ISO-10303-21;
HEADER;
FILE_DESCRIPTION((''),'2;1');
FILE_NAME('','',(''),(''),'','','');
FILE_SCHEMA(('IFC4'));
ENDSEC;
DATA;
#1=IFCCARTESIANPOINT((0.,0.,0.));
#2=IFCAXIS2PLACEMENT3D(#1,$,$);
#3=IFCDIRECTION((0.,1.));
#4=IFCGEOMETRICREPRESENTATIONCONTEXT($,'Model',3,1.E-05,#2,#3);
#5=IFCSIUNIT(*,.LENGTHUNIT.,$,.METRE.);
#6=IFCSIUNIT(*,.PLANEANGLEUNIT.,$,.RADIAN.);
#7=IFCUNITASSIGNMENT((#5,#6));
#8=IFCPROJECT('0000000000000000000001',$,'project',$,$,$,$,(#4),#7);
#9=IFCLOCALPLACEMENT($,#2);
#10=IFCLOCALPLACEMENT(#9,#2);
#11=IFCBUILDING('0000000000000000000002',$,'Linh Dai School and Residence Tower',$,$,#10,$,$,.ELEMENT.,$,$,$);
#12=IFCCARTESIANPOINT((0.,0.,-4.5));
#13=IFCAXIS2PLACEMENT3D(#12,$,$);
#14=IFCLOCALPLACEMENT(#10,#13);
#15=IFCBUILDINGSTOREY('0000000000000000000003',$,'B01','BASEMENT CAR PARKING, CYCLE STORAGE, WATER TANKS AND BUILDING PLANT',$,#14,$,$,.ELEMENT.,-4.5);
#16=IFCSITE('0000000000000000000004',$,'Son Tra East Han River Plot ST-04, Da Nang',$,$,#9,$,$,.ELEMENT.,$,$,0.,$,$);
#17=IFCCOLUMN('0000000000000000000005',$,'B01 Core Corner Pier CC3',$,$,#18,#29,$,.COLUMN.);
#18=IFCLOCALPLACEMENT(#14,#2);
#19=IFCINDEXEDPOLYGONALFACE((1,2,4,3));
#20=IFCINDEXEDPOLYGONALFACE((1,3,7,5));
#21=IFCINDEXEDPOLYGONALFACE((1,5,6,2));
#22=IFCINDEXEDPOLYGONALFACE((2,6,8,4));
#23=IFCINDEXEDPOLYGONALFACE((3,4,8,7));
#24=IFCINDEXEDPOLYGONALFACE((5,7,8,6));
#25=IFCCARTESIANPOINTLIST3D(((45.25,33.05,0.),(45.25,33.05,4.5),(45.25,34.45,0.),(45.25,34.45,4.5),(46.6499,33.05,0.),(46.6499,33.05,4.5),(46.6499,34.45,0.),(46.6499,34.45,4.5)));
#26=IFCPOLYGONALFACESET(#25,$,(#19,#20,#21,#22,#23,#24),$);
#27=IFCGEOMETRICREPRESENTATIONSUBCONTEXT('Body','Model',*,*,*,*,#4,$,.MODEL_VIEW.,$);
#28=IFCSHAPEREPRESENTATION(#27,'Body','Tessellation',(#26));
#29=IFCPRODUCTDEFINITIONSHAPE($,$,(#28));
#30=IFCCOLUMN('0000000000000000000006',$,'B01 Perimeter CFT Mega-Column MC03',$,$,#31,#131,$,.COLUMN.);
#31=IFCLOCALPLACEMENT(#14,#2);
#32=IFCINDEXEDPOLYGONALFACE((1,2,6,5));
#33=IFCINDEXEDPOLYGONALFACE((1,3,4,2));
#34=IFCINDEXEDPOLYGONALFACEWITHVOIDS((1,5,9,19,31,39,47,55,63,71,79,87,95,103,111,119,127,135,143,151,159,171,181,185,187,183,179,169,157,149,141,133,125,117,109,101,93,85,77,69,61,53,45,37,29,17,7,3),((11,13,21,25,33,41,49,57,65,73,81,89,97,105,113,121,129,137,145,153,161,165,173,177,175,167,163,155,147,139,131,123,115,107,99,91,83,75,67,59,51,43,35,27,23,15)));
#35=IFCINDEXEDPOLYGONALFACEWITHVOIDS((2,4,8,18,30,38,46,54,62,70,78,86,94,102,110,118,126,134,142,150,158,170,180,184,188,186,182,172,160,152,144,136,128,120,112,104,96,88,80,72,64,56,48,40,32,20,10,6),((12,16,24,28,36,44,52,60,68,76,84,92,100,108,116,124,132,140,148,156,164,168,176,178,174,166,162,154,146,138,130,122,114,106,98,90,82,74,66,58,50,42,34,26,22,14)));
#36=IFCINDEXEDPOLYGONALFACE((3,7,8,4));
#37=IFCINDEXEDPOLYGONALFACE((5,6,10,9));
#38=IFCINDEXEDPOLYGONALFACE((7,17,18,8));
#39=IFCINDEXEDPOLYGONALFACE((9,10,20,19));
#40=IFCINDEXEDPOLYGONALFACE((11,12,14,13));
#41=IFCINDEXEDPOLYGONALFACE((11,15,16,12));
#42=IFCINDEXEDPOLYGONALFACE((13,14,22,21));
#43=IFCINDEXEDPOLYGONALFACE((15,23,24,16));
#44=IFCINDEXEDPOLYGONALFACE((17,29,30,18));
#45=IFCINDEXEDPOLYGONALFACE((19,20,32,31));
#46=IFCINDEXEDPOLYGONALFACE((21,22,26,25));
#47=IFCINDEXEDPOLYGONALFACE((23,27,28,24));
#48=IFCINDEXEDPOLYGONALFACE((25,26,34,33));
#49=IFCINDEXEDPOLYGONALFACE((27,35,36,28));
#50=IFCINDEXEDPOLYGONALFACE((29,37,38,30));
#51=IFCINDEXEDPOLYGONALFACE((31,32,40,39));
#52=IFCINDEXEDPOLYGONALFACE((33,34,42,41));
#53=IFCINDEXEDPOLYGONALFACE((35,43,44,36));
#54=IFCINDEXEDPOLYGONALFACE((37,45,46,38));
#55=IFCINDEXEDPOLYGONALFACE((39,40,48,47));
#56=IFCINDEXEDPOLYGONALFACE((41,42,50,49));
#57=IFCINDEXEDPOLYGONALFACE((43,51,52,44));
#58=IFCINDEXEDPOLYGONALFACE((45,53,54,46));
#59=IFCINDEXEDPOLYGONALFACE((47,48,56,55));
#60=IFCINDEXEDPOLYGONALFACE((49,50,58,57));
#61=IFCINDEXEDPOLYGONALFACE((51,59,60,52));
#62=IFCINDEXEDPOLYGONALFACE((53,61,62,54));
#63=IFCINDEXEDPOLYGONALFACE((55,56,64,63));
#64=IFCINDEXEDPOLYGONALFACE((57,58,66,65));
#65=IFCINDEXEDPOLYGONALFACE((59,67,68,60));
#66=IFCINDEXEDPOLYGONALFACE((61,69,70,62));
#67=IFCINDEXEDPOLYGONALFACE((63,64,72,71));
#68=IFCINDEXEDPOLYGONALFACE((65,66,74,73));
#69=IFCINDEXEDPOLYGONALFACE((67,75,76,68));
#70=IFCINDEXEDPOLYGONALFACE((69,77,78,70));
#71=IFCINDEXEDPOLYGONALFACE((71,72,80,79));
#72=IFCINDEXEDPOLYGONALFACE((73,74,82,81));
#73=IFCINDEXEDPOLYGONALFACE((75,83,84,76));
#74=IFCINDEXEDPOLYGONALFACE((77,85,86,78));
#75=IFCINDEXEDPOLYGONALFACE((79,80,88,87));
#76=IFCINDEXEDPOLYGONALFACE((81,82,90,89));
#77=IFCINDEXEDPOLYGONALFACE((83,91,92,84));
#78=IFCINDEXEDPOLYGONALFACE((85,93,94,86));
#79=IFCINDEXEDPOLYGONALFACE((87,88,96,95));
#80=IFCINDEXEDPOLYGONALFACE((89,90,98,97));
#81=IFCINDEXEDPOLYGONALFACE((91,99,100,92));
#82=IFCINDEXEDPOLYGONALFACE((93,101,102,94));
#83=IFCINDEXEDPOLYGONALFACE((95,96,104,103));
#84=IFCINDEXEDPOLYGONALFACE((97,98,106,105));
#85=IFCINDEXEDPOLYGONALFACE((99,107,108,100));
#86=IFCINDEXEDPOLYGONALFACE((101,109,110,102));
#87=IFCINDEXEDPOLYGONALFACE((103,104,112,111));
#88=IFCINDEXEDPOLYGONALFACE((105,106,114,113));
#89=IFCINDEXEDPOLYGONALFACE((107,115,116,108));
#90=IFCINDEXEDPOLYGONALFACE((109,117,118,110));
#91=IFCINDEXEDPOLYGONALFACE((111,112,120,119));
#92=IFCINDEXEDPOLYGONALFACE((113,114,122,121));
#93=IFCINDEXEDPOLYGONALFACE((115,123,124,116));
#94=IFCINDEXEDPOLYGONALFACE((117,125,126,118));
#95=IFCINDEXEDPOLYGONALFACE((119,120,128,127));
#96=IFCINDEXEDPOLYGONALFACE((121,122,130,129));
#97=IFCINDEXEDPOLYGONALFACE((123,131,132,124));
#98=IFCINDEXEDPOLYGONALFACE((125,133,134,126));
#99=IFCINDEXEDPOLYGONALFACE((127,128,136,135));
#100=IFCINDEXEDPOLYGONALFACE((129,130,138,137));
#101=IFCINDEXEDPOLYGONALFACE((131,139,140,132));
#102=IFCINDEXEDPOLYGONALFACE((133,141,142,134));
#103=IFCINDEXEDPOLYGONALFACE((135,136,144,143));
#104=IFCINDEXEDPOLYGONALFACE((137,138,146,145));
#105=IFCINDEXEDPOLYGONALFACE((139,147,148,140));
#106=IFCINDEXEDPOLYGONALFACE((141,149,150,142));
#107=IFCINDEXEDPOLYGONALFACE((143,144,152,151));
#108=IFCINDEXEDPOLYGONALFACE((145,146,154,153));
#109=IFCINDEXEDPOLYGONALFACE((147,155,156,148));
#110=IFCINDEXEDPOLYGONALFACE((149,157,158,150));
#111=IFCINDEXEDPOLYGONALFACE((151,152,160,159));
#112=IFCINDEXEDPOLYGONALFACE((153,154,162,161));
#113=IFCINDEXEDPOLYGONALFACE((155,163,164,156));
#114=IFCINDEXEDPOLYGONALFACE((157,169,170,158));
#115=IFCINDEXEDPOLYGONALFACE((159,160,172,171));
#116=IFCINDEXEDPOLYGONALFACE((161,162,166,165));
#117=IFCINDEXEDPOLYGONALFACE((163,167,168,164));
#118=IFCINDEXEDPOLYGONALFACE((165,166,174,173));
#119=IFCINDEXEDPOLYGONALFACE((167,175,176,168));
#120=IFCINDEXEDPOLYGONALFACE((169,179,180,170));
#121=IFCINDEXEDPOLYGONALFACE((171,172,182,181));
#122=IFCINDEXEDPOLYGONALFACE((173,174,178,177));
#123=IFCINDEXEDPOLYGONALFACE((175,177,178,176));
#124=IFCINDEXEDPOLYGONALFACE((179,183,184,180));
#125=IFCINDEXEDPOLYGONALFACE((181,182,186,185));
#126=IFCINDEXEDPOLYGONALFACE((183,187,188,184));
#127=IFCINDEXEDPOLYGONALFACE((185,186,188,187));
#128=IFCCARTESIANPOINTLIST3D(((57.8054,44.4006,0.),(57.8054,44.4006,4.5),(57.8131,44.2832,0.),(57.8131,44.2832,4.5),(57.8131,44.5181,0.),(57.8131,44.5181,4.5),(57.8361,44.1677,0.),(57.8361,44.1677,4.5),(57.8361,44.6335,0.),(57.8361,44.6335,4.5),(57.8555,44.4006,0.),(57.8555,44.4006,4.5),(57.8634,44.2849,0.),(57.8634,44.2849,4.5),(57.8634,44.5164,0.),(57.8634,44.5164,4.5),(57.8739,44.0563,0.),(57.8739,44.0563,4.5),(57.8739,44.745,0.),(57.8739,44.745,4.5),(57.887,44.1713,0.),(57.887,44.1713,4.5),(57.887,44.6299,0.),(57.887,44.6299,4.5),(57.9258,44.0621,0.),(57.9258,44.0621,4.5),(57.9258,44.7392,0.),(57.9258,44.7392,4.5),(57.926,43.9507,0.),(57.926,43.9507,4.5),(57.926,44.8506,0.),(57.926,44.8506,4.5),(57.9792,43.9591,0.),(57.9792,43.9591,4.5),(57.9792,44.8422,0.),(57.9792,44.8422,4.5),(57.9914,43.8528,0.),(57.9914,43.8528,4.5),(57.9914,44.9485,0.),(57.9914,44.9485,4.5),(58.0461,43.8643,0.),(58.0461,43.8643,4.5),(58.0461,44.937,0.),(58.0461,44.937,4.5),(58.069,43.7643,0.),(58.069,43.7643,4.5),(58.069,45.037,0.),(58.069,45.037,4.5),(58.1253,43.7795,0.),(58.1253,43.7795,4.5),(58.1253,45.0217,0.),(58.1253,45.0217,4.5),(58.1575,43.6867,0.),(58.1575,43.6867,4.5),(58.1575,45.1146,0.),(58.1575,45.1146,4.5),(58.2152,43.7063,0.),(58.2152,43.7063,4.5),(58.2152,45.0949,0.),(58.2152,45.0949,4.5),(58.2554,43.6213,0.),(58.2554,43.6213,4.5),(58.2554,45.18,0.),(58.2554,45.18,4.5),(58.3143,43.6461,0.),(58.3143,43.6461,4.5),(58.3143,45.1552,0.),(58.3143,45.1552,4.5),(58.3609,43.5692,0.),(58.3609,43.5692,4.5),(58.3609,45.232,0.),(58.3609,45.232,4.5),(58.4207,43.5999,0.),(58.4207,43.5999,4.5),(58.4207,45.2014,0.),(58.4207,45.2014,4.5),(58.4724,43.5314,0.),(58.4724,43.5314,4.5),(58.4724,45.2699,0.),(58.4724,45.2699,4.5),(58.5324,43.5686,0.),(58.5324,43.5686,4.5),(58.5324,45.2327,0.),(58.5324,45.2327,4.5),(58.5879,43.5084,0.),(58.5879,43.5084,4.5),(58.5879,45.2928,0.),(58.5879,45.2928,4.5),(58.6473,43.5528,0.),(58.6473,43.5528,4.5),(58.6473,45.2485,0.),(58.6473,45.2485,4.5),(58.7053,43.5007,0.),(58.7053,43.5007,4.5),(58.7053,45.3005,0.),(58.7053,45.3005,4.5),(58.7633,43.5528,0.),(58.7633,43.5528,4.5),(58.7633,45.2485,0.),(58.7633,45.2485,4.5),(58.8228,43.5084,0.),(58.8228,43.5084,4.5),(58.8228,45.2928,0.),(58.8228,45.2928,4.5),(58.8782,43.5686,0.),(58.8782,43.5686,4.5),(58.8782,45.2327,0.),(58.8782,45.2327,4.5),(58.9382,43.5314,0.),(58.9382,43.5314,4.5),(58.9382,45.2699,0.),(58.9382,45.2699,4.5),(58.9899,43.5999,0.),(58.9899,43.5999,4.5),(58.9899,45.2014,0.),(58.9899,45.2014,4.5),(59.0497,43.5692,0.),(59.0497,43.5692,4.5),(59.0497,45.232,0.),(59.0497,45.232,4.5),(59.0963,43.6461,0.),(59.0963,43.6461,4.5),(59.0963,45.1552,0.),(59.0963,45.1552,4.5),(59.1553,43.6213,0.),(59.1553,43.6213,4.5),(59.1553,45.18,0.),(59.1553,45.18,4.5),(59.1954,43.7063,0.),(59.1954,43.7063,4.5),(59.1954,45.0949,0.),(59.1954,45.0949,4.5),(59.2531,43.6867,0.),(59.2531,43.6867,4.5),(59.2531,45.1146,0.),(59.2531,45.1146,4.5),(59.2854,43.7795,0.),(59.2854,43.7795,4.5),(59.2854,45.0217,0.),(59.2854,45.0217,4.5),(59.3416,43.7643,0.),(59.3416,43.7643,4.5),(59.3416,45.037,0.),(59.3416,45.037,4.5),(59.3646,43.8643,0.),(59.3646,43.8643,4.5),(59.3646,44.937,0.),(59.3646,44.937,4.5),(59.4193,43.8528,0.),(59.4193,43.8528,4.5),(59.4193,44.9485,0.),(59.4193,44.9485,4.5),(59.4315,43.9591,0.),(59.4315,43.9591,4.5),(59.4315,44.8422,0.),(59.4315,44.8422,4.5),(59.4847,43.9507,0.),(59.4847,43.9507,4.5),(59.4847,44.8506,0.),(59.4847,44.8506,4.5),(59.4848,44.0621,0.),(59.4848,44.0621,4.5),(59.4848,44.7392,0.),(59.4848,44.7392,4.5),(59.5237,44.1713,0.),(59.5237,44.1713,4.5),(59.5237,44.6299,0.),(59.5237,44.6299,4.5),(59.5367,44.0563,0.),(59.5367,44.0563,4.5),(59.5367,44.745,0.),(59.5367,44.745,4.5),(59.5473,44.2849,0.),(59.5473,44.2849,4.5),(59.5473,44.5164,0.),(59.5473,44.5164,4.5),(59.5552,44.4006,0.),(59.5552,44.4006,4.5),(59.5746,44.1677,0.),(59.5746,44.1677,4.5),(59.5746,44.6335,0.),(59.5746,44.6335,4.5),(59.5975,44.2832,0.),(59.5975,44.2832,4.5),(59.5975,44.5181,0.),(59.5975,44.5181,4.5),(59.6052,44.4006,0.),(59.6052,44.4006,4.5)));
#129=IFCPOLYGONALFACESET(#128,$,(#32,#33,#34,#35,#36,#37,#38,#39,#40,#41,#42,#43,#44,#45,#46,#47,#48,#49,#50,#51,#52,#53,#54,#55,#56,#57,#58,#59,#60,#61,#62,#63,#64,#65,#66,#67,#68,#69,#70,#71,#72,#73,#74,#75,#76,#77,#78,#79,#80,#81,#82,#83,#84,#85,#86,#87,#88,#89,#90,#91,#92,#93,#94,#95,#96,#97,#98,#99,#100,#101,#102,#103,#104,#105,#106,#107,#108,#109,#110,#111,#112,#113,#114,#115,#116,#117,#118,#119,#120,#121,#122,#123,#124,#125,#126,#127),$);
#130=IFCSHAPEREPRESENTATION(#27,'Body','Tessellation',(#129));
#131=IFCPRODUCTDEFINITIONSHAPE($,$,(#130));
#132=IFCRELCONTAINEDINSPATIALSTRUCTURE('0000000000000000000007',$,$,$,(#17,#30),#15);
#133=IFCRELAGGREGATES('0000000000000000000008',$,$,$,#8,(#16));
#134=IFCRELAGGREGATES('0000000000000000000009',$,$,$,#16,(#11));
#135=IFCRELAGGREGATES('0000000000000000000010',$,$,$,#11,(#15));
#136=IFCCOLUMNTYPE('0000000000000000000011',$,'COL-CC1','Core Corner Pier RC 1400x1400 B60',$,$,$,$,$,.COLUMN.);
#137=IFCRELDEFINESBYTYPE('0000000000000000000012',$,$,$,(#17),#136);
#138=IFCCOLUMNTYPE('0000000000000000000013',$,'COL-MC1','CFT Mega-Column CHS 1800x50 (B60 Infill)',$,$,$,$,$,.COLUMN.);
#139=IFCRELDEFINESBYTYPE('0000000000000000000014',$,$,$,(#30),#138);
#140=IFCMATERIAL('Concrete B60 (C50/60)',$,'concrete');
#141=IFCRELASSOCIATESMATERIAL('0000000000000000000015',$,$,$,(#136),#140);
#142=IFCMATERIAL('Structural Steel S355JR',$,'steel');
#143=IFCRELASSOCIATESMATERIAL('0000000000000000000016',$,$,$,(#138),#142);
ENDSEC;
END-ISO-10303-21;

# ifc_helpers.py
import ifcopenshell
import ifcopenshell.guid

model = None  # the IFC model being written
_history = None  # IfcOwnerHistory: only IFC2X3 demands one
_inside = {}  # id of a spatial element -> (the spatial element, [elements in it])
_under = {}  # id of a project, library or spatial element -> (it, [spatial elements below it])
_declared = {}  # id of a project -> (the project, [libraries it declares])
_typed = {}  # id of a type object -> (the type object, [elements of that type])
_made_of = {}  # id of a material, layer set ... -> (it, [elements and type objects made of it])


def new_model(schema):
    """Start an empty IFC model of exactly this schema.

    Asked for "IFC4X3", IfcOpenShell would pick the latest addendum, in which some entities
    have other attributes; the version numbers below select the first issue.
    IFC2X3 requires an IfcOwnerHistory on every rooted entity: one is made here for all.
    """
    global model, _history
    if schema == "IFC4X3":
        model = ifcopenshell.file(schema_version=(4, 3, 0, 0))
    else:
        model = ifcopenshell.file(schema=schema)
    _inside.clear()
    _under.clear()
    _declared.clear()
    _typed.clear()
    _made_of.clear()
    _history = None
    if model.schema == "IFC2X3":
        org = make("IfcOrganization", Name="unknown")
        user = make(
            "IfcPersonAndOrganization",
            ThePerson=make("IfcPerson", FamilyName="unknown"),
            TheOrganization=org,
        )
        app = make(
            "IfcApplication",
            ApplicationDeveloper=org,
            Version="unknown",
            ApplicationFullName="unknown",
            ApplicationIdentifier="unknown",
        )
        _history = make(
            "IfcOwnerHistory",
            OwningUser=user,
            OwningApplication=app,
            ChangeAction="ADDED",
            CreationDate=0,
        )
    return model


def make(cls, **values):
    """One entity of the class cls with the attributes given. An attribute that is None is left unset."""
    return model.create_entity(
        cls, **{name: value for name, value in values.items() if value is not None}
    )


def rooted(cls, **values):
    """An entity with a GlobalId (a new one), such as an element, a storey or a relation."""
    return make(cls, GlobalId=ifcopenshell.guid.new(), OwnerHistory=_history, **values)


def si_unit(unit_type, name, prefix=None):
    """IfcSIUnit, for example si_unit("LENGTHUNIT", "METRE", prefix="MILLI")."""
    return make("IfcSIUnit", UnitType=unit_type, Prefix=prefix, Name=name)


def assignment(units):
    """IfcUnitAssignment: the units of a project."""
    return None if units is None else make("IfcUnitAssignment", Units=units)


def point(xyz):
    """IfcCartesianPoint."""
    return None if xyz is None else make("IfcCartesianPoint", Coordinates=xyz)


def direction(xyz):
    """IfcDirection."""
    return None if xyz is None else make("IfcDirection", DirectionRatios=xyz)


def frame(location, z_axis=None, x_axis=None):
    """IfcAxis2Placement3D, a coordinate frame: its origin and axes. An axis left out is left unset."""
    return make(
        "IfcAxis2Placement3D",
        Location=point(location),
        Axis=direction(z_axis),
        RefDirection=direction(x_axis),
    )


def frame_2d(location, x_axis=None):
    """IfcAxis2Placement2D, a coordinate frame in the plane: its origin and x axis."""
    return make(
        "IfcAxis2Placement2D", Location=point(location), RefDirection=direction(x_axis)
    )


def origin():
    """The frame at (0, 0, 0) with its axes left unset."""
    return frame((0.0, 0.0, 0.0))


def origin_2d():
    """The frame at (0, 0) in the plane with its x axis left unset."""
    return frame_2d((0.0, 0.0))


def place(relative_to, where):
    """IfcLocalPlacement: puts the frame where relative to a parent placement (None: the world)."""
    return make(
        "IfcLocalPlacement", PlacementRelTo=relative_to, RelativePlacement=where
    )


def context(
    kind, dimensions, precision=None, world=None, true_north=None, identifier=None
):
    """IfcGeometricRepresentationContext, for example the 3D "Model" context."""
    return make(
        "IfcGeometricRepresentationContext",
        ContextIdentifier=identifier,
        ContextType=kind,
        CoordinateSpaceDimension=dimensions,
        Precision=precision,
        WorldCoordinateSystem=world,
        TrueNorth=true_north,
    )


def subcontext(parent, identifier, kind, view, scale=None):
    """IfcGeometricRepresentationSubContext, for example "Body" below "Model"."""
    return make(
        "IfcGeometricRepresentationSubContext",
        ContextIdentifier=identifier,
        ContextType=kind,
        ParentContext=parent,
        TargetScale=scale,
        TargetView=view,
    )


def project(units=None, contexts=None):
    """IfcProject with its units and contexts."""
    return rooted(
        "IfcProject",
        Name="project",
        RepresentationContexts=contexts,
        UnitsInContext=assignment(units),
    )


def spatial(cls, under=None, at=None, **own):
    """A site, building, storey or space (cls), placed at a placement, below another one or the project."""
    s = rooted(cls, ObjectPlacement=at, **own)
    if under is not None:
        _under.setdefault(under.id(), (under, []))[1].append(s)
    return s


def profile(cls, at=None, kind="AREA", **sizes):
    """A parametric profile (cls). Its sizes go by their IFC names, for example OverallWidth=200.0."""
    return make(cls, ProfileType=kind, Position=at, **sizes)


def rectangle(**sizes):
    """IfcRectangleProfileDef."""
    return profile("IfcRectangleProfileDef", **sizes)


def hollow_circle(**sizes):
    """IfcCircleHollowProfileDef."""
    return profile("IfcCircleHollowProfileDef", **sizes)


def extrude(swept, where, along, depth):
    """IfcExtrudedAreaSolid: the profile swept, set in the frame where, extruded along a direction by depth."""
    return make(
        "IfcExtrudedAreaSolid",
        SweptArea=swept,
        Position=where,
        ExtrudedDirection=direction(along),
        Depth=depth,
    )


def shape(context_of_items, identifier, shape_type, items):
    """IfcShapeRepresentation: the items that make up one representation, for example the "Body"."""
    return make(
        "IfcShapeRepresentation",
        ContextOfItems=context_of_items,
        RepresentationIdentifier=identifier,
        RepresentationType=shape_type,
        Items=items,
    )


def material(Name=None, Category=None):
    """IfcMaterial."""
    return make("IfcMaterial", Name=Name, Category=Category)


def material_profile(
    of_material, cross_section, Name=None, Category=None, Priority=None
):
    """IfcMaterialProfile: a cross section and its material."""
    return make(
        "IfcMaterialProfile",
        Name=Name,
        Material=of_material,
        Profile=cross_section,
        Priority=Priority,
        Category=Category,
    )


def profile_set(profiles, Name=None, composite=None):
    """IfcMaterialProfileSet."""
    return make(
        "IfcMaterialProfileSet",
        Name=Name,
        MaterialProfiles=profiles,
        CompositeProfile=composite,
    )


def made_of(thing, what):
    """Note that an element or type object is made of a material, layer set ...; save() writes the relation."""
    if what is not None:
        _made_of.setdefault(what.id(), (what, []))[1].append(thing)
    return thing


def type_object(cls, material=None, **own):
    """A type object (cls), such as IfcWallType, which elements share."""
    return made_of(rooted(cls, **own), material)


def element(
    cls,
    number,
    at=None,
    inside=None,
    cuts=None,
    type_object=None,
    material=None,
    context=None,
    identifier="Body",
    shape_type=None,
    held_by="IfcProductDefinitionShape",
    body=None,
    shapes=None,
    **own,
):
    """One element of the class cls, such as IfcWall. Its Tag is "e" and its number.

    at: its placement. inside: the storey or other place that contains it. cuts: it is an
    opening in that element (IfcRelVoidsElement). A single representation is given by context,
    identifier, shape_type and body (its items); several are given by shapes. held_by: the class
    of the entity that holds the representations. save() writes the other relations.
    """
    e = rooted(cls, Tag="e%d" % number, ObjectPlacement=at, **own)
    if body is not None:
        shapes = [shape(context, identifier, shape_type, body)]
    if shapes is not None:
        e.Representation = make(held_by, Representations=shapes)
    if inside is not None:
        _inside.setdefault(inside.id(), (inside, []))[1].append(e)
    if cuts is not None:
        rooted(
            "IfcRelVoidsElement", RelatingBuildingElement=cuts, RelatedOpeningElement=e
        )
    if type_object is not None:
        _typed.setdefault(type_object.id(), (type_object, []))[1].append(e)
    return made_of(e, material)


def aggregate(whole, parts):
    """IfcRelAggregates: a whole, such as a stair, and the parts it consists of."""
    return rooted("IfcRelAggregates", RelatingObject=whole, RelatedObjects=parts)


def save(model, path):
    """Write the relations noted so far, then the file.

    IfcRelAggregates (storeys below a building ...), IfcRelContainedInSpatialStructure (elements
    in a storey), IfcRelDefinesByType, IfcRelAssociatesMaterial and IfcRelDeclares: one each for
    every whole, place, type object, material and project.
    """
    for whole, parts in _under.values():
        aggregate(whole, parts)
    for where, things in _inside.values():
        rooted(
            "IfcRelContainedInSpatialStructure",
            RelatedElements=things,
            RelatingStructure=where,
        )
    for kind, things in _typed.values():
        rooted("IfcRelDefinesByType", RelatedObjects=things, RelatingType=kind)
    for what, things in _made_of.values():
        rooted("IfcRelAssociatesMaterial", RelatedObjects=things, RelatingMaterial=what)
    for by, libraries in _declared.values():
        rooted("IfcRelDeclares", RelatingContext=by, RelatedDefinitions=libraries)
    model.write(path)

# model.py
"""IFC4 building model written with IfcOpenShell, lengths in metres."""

from ifc_helpers import new_model, si_unit, direction, frame, origin, origin_2d, place, context, subcontext, project, spatial, rectangle, hollow_circle, extrude, material, material_profile, profile_set, type_object, element, save


model = new_model("IFC4")

# Units and contexts
model_context = context("Model", 3, precision=1e-05, world=origin(), true_north=direction((0.0, 1.0)))
body_context = subcontext(model_context, "Body", "Model", "MODEL_VIEW")
ifc_project = project(units=[si_unit("LENGTHUNIT", "METRE"), si_unit("PLANEANGLEUNIT", "RADIAN")], contexts=[model_context])

# Site, building, storey
site_placement = place(None, origin())
site = spatial("IfcSite", under=ifc_project, at=site_placement, Name="Son Tra East Han River Plot ST-04, Da Nang", CompositionType="ELEMENT", RefElevation=0.0)
building_placement = place(site_placement, origin())
building = spatial("IfcBuilding", under=site, at=building_placement, Name="Linh Dai School and Residence Tower", CompositionType="ELEMENT")
storey_placement = place(building_placement, frame((0.0, 0.0, -4.5)))
storey = spatial("IfcBuildingStorey", under=building, at=storey_placement, Name="B01", Description="BASEMENT CAR PARKING, CYCLE STORAGE, WATER TANKS AND BUILDING PLANT", CompositionType="ELEMENT", Elevation=-4.5)

# Columns
ifc_material_1 = material(Name="Concrete B60 (C50/60)", Category="concrete")
ifc_material_profile_1 = material_profile(ifc_material_1, rectangle(XDim=1.3999, YDim=1.3999, at=origin_2d()), Name="RC 1400x1400")
ifc_profile_set_1 = profile_set([ifc_material_profile_1], Name="Concrete B60 (C50/60)")
column_type_1 = type_object("IfcColumnType", Name="COL-CC1", Description="Core Corner Pier RC 1400x1400 B60", PredefinedType="COLUMN", material=ifc_profile_set_1)
column_placement = place(storey_placement, frame((45.95, 33.75, 0.0), z_axis=(0.0, 0.0, 1.0), x_axis=(1.0, 0.0, 0.0)))
element("IfcColumn", 1, at=column_placement, inside=storey, type_object=column_type_1, Name="B01 Core Corner Pier CC3", PredefinedType="COLUMN", context=body_context, shape_type="SweptSolid", body=[
    extrude(rectangle(XDim=1.3999, YDim=1.3999, at=origin_2d()), origin(), (0.0, 0.0, 1.0), 4.5),
])
ifc_material_2 = material(Name="Structural Steel S355JR", Category="steel")
ifc_material_profile_2 = material_profile(ifc_material_2, hollow_circle(Radius=0.8999, WallThickness=0.05, at=origin_2d()), Name="CHS 1800x50")
ifc_profile_set_2 = profile_set([ifc_material_profile_2], Name="Structural Steel S355JR")
column_type_2 = type_object("IfcColumnType", Name="COL-MC1", Description="CFT Mega-Column CHS 1800x50 (B60 Infill)", PredefinedType="COLUMN", material=ifc_profile_set_2)
for number, where, z_axis, x_axis, name in (
    (2, (58.7053, 44.4006, 0.0), (0.0, 0.0, 1.0), (1.0, 0.0, 0.0), "B01 Perimeter CFT Mega-Column MC03"),
):
    element("IfcColumn", number, at=place(storey_placement, frame(where, z_axis=z_axis, x_axis=x_axis)), inside=storey, type_object=column_type_2, Name=name, PredefinedType="COLUMN", context=body_context, shape_type="SweptSolid", body=[
        extrude(hollow_circle(Radius=0.8999, WallThickness=0.05, at=origin_2d()), origin(), (0.0, 0.0, 1.0), 4.5),
    ])

save(model, "model.ifc")
